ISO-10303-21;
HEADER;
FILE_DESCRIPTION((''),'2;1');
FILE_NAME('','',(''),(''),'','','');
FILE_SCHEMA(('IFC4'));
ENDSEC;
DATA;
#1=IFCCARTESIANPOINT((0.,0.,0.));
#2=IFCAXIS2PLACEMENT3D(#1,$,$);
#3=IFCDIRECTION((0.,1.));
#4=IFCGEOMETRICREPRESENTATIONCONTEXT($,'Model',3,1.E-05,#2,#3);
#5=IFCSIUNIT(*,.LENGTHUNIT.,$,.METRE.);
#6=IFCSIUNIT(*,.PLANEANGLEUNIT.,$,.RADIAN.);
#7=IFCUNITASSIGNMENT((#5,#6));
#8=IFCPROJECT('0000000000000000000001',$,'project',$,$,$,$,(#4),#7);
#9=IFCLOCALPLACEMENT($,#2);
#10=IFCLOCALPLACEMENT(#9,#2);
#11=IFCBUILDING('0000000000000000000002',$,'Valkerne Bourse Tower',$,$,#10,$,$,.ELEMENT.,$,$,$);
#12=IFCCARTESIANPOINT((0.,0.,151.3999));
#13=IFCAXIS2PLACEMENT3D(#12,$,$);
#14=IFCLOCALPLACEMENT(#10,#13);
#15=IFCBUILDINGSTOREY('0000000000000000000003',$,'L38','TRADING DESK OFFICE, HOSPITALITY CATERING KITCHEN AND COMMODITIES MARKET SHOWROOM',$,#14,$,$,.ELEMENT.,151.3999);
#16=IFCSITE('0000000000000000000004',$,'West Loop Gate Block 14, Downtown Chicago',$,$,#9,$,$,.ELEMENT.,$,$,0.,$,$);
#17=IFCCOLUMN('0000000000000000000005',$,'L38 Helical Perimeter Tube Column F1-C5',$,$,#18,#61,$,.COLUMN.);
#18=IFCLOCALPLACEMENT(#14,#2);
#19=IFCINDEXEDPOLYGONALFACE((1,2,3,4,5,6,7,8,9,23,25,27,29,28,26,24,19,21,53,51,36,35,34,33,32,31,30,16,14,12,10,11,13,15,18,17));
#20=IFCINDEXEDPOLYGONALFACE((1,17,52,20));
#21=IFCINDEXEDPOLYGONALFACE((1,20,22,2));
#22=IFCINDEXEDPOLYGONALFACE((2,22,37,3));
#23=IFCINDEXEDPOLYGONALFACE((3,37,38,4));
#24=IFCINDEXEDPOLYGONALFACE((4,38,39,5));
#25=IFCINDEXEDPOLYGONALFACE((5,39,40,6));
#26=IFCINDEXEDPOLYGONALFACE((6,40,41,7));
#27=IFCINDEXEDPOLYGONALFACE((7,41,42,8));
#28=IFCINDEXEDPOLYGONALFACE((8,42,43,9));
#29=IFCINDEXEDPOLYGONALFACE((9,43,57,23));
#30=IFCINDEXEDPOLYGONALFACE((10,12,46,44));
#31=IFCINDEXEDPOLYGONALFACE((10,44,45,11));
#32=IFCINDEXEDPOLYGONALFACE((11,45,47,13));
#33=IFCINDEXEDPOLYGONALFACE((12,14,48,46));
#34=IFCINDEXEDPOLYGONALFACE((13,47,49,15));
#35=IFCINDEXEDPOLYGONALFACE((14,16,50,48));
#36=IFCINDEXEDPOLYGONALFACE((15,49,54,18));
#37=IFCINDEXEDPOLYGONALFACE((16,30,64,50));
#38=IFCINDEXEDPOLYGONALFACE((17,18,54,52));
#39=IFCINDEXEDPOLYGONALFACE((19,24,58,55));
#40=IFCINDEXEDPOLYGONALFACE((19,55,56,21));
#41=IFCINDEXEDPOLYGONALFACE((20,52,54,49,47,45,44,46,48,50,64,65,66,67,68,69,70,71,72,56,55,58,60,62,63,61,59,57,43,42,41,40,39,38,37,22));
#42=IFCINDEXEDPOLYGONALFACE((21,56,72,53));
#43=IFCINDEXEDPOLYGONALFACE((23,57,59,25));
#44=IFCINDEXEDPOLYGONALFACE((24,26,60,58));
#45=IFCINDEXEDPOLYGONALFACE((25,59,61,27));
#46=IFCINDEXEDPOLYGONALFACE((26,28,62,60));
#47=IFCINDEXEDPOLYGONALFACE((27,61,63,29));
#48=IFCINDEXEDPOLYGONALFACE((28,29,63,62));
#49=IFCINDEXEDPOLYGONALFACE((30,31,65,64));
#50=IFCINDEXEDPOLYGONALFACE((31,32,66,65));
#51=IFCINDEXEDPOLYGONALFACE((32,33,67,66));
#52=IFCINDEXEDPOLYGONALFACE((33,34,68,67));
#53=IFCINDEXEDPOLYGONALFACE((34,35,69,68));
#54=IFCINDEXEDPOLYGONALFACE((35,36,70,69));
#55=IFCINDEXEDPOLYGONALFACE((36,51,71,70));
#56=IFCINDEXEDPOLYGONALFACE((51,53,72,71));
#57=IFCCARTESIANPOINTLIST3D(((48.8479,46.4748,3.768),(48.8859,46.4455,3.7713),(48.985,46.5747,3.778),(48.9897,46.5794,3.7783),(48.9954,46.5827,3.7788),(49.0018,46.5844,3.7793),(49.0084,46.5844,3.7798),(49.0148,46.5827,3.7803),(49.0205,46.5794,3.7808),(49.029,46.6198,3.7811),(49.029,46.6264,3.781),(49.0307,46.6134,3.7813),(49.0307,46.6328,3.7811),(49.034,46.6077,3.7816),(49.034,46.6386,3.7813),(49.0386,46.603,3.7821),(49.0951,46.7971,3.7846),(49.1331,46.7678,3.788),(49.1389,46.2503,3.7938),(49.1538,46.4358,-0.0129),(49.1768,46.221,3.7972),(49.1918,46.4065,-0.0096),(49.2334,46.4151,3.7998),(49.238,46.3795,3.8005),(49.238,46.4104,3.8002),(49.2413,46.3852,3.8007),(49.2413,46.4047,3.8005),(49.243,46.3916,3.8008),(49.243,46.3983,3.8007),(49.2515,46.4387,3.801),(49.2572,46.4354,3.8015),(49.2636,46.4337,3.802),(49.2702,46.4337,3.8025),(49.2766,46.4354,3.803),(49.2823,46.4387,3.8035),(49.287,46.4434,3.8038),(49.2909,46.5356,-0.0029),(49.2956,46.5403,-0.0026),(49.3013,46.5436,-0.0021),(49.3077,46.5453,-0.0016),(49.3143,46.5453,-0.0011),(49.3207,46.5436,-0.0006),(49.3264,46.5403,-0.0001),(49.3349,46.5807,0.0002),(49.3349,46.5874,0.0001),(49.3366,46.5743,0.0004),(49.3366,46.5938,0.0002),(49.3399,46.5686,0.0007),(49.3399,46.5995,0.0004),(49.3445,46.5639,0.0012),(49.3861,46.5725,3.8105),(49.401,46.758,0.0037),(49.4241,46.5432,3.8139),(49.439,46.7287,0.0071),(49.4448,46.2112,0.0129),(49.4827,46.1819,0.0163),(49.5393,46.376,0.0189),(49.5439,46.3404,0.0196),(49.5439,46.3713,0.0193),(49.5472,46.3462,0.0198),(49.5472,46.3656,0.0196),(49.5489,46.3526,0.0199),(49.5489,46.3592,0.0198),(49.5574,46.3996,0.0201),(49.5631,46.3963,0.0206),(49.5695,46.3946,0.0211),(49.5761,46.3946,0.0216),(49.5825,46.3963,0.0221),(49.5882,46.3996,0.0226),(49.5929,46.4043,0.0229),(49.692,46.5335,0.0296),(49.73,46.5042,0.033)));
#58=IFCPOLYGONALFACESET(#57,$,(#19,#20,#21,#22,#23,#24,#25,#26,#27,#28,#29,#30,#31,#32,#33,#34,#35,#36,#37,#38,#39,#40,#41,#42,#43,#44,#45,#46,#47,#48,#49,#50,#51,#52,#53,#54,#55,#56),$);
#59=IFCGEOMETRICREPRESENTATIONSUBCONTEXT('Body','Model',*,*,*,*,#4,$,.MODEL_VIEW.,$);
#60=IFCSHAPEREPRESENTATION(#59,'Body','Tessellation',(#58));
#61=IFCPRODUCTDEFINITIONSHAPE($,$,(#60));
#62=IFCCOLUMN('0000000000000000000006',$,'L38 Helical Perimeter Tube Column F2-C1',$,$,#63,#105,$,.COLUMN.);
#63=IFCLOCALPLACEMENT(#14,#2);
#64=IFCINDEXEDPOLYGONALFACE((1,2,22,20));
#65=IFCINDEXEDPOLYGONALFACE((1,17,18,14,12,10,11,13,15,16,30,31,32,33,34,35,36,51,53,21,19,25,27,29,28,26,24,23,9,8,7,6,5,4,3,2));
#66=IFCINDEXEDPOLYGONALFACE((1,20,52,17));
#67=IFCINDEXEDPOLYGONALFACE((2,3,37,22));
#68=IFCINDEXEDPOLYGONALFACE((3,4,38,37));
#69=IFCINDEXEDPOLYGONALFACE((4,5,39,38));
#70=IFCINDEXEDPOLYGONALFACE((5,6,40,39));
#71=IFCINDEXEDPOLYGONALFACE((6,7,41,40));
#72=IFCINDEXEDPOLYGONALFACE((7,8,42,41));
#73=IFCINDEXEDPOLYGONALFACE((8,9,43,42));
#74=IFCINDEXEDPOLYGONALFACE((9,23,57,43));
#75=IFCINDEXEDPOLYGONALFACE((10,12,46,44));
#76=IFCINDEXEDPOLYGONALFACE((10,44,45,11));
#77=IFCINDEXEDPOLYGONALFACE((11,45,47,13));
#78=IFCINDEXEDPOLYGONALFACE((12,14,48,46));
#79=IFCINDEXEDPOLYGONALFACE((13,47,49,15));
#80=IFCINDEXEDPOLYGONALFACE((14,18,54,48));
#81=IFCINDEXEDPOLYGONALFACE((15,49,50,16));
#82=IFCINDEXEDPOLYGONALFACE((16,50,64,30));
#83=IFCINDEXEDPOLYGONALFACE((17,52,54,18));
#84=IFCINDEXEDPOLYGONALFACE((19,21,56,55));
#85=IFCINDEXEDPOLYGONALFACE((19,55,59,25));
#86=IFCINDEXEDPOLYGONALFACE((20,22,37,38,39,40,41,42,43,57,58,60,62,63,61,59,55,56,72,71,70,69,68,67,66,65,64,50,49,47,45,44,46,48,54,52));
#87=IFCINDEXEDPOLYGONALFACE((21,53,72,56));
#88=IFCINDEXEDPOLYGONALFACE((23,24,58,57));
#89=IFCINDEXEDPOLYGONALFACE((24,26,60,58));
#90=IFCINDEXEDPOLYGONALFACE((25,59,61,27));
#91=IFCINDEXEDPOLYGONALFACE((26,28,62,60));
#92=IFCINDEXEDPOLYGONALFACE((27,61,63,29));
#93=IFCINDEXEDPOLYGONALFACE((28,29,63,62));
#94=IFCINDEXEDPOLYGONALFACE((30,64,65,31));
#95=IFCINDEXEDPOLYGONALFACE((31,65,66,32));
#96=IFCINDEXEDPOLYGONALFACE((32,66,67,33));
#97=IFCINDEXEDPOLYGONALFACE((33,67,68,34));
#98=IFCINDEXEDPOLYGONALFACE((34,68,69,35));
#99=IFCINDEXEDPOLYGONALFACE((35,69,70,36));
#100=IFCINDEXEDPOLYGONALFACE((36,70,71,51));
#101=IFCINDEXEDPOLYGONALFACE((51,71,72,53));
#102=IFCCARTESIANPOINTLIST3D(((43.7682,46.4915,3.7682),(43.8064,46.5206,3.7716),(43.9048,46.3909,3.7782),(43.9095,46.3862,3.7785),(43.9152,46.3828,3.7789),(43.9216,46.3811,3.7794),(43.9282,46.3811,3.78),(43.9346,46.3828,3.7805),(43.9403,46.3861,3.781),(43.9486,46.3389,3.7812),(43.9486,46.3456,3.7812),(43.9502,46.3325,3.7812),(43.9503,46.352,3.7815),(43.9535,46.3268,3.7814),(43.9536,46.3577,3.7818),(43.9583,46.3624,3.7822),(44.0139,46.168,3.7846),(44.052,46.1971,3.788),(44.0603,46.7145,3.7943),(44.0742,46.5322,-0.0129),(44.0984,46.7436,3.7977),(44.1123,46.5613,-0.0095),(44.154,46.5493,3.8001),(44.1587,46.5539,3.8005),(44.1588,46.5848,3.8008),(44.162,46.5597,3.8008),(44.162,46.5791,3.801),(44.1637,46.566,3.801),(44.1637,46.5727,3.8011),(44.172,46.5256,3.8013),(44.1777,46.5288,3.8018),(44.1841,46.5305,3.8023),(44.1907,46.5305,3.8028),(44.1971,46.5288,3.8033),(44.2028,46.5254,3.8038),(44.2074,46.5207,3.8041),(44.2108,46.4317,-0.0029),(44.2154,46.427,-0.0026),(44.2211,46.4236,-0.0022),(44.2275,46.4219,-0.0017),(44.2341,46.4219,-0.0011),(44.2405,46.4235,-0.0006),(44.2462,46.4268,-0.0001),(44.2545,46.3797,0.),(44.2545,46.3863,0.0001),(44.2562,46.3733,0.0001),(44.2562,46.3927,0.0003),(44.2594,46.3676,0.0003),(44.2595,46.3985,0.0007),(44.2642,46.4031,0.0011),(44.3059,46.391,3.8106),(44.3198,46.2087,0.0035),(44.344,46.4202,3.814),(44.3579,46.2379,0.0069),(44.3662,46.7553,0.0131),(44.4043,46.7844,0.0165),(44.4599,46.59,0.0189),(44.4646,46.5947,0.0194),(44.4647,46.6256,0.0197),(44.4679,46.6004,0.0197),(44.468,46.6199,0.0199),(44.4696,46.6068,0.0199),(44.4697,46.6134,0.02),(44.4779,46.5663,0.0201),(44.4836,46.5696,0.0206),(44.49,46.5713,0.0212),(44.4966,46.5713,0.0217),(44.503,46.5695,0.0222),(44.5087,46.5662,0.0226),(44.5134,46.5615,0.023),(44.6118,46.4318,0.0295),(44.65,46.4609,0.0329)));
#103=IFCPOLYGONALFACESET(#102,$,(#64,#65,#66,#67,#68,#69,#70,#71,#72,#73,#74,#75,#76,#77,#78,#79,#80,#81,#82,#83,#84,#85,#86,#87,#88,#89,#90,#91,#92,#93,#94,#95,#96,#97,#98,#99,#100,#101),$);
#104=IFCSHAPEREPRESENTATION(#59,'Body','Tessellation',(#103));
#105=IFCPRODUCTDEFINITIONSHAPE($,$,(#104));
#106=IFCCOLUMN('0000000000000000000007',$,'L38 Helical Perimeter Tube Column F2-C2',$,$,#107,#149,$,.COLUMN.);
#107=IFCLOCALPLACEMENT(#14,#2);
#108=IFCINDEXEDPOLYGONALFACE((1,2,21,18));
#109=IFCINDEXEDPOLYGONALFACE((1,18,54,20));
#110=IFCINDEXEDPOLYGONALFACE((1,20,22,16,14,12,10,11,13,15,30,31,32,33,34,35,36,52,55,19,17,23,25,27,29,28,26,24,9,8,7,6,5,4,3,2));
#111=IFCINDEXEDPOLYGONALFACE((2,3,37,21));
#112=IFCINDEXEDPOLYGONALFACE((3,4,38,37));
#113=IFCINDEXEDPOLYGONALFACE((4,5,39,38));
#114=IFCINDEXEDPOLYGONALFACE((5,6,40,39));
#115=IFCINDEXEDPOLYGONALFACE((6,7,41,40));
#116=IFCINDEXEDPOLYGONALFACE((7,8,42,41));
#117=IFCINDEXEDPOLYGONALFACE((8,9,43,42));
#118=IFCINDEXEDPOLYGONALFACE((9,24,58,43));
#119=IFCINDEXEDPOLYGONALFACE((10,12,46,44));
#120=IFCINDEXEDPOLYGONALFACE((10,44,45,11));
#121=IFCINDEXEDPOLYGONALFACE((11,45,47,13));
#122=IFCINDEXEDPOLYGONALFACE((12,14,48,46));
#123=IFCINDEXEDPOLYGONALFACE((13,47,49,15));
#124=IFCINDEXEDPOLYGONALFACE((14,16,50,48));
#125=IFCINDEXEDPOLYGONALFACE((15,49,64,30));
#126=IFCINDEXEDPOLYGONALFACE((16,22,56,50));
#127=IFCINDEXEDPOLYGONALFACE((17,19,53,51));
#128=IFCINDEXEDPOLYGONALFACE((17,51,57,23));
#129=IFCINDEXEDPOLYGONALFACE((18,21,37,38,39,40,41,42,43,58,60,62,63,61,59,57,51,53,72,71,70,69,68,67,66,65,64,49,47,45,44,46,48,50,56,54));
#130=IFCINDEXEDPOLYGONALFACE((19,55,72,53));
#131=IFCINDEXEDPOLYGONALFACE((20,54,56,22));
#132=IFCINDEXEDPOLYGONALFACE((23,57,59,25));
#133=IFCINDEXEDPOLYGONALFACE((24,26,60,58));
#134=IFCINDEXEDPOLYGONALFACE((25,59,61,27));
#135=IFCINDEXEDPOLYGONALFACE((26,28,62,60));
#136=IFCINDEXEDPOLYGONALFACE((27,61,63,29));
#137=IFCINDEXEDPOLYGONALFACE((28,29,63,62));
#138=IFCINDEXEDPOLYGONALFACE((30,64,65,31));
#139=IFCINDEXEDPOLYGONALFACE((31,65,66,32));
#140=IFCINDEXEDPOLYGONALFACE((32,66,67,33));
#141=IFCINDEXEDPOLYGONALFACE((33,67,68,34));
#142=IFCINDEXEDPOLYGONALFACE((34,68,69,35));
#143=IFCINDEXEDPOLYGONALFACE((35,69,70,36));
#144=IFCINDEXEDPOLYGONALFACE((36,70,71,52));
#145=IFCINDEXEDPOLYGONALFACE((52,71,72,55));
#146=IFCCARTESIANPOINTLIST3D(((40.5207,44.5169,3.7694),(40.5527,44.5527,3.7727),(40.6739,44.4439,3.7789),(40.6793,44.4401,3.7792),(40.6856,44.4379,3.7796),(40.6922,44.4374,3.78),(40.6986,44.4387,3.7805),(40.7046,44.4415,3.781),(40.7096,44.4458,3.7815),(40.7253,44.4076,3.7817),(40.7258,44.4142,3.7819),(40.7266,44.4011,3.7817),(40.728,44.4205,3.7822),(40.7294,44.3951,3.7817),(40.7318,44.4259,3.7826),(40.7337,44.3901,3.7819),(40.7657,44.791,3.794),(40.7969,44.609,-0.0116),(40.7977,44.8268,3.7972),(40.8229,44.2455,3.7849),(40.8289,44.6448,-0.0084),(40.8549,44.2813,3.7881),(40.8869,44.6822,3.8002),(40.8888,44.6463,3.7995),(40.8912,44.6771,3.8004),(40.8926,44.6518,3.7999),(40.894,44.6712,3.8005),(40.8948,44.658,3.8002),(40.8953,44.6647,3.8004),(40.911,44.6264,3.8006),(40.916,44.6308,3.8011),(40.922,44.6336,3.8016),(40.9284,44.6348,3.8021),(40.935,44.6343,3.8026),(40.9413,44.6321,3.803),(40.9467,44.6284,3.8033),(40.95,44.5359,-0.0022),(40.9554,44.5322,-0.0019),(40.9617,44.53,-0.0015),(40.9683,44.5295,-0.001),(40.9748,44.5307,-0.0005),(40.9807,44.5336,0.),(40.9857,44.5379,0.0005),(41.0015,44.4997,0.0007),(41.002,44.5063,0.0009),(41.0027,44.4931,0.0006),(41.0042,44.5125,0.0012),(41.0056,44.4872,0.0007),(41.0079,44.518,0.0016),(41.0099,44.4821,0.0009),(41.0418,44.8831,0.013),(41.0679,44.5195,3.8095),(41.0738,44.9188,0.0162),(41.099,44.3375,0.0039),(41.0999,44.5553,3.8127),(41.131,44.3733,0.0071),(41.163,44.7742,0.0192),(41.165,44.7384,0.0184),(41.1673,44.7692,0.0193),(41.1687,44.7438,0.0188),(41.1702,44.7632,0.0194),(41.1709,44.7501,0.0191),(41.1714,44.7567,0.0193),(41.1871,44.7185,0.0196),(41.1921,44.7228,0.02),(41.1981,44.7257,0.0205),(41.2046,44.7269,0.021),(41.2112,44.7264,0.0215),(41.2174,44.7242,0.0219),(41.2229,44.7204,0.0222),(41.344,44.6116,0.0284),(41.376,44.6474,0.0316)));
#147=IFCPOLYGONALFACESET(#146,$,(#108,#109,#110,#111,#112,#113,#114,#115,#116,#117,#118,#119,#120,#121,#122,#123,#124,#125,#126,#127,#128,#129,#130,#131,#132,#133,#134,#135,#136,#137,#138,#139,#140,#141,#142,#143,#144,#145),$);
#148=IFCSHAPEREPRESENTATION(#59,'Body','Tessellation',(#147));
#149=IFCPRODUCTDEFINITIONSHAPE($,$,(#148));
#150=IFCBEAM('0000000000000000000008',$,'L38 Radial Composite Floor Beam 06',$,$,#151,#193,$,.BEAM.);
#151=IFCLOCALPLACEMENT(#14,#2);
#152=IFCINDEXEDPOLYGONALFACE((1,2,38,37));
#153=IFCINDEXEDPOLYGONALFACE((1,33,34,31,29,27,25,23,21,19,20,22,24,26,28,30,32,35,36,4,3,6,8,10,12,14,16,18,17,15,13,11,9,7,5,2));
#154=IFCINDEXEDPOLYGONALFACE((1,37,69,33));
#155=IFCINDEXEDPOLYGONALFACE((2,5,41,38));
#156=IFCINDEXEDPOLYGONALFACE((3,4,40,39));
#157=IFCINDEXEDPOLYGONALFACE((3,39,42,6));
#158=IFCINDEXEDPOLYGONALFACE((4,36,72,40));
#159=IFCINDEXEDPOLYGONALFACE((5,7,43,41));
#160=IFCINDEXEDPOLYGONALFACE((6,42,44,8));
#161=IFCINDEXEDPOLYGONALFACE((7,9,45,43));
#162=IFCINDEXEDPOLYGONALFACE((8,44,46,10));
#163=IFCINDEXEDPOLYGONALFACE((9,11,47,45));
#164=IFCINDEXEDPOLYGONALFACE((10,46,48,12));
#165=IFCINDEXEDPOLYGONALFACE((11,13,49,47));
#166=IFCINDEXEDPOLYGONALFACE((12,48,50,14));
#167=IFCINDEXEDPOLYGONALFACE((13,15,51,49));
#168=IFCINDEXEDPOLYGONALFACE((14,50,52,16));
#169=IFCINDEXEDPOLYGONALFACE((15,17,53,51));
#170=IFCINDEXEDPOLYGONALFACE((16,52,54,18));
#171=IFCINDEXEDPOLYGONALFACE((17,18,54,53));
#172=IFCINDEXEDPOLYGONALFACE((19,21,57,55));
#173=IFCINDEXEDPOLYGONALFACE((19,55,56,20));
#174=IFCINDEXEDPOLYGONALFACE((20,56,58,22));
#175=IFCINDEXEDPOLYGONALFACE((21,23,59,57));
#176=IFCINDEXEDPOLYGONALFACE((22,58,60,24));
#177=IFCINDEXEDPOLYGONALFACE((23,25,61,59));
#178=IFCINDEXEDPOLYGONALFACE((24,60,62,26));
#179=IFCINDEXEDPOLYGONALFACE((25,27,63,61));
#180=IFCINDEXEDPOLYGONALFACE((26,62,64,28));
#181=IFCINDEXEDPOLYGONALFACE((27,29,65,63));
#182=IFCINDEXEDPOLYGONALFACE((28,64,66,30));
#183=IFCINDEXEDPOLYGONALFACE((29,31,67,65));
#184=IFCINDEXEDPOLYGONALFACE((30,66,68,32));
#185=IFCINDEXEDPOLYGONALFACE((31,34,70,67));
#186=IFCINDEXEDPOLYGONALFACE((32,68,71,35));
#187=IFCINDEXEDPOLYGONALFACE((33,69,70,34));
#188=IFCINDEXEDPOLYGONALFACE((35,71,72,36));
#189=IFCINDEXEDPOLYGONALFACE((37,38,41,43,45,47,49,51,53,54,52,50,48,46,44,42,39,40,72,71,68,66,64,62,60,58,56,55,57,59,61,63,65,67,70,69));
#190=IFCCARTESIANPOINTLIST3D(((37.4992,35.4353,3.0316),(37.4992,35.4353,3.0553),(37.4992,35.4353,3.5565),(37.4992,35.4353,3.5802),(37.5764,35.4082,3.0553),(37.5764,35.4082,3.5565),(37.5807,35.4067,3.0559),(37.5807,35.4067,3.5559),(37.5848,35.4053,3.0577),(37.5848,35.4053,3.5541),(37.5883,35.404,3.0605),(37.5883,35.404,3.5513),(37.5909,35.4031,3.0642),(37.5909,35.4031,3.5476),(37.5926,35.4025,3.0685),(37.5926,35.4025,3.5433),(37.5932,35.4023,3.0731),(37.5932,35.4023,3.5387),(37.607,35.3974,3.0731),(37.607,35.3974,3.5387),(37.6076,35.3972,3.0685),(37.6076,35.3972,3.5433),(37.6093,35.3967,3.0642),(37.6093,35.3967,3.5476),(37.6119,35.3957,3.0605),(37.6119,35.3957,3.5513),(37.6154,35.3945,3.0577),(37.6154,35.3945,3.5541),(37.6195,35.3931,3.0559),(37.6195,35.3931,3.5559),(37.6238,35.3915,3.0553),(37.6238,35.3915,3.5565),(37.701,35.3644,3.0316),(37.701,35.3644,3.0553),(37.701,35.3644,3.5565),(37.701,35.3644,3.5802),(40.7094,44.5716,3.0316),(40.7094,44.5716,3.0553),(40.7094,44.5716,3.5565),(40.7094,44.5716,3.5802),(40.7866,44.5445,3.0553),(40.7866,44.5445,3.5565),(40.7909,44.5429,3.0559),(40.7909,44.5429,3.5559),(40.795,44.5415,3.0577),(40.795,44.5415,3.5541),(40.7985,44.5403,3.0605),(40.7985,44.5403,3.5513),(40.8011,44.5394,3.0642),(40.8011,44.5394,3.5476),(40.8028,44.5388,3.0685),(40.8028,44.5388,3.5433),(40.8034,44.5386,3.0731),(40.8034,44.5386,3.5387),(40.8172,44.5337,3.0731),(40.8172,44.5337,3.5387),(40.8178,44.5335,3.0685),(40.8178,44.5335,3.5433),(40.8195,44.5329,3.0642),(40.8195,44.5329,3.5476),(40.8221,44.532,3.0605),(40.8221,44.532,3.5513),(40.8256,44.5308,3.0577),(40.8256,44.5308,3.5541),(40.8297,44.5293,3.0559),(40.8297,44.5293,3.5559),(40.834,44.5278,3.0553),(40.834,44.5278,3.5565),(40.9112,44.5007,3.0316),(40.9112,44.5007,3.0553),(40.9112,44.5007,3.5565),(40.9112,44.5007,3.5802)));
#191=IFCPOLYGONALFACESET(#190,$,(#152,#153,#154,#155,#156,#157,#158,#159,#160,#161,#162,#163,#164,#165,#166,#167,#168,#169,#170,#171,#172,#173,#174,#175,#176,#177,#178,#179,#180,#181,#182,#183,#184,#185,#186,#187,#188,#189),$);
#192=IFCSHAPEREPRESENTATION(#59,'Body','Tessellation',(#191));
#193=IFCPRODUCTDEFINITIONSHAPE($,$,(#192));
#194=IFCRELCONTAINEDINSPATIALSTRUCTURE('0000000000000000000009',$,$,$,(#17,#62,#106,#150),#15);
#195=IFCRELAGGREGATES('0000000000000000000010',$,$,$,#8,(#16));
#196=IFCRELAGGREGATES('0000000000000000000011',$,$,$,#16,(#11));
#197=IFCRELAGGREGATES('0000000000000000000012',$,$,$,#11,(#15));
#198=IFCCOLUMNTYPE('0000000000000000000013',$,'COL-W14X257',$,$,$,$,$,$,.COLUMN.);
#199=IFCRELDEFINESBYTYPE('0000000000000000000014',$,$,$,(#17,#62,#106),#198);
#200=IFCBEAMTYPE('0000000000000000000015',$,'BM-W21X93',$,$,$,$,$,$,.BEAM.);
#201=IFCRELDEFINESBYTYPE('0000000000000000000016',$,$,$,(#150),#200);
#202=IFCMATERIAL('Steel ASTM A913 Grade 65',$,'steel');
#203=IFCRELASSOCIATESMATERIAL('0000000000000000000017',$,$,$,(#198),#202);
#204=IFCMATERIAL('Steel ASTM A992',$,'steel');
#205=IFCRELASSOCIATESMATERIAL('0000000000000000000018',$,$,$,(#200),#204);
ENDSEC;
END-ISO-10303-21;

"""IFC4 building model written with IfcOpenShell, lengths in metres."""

from ifc_helpers import new_model, si_unit, direction, frame, origin, origin_2d, place, context, subcontext, project, spatial, i_section, extrude, material, material_profile, profile_set, type_object, element, save


model = new_model("IFC4")

# Units and contexts
model_context = context("Model", 3, precision=1e-05, world=origin(), true_north=direction((0.0, 1.0)))
body_context = subcontext(model_context, "Body", "Model", "MODEL_VIEW")
ifc_project = project(units=[si_unit("LENGTHUNIT", "METRE"), si_unit("PLANEANGLEUNIT", "RADIAN")], contexts=[model_context])

# Site, building, storey
site_placement = place(None, origin())
site = spatial("IfcSite", under=ifc_project, at=site_placement, Name="West Loop Gate Block 14, Downtown Chicago", CompositionType="ELEMENT", RefElevation=0.0)
building_placement = place(site_placement, origin())
building = spatial("IfcBuilding", under=site, at=building_placement, Name="Valkerne Bourse Tower", CompositionType="ELEMENT")
storey_placement = place(building_placement, frame((0.0, 0.0, 151.3999)))
storey = spatial("IfcBuildingStorey", under=building, at=storey_placement, Name="L38", Description="TRADING DESK OFFICE, HOSPITALITY CATERING KITCHEN AND COMMODITIES MARKET SHOWROOM", CompositionType="ELEMENT", Elevation=151.3999)

# Columns
ifc_material_1 = material(Name="Steel ASTM A913 Grade 65", Category="steel")
ifc_material_profile_1 = material_profile(ifc_material_1, i_section(OverallWidth=0.4065, OverallDepth=0.4165, WebThickness=0.0298, FlangeThickness=0.0481, FilletRadius=0.0254, at=origin_2d()), Name="W14X257")
ifc_profile_set_1 = profile_set([ifc_material_profile_1], Name="Steel ASTM A913 Grade 65")
column_type = type_object("IfcColumnType", Name="COL-W14X257", PredefinedType="COLUMN", material=ifc_profile_set_1)
column_1_placement = place(storey_placement, frame((49.4419, 46.47, 0.01), z_axis=(-0.080639, 0.010297, 0.99669), x_axis=(0.60817, 0.792747, 0.041015)))
element("IfcColumn", 1, at=column_1_placement, inside=storey, type_object=column_type, Name="L38 Helical Perimeter Tube Column F1-C5", PredefinedType="COLUMN", context=body_context, shape_type="SweptSolid", body=[
    extrude(i_section(OverallWidth=0.4065, OverallDepth=0.4165, WebThickness=0.0298, FlangeThickness=0.0481, FilletRadius=0.0254, at=origin_2d()), origin(), (0.0, 0.0, 1.0), 3.7935),
])
column_2_placement = place(storey_placement, frame((44.3621, 46.4966, 0.01), z_axis=(-0.080638, -0.010747, 0.996685), x_axis=(-0.604245, 0.795779, -0.040306)))
element("IfcColumn", 2, at=column_2_placement, inside=storey, type_object=column_type, Name="L38 Helical Perimeter Tube Column F2-C1", PredefinedType="COLUMN", context=body_context, shape_type="SweptSolid", body=[
    extrude(i_section(OverallWidth=0.4065, OverallDepth=0.4165, WebThickness=0.0298, FlangeThickness=0.0481, FilletRadius=0.0254, at=origin_2d()), origin(), (0.0, 0.0, 1.0), 3.7937),
])
column_3_placement = place(storey_placement, frame((41.0864, 44.6282, 0.01), z_axis=(-0.072814, -0.024271, 0.99705), x_axis=(-0.743332, 0.667841, -0.038028)))
element("IfcColumn", 3, at=column_3_placement, inside=storey, type_object=column_type, Name="L38 Helical Perimeter Tube Column F2-C2", PredefinedType="COLUMN", context=body_context, shape_type="SweptSolid", body=[
    extrude(i_section(OverallWidth=0.4065, OverallDepth=0.4165, WebThickness=0.0298, FlangeThickness=0.0481, FilletRadius=0.0254, at=origin_2d()), origin(), (0.0, 0.0, 1.0), 3.7922),
])

# Beam
ifc_material_2 = material(Name="Steel ASTM A992", Category="steel")
ifc_material_profile_2 = material_profile(ifc_material_2, i_section(OverallWidth=0.2139, OverallDepth=0.5486, WebThickness=0.0146, FlangeThickness=0.0237, FilletRadius=0.0178, at=origin_2d()), Name="W21X93")
ifc_profile_set_2 = profile_set([ifc_material_profile_2], Name="Steel ASTM A992")
beam_type_1 = type_object("IfcBeamType", Name="BM-W21X93", PredefinedType="BEAM", material=ifc_profile_set_2)
beam_1_placement = place(storey_placement, frame((40.8103, 44.5361, 3.3059), z_axis=(-0.331502, -0.943454, 0.0), x_axis=(0.943454, -0.331502, 0.0)))
element("IfcBeam", 4, at=beam_1_placement, inside=storey, type_object=beam_type_1, Name="L38 Radial Composite Floor Beam 06", PredefinedType="BEAM", context=body_context, shape_type="SweptSolid", body=[
    extrude(i_section(OverallWidth=0.2139, OverallDepth=0.5486, WebThickness=0.0146, FlangeThickness=0.0237, FilletRadius=0.0178, at=origin_2d()), origin(), (0.0, 0.0, 1.0), 9.6838),
])

save(model, "model.ifc")
